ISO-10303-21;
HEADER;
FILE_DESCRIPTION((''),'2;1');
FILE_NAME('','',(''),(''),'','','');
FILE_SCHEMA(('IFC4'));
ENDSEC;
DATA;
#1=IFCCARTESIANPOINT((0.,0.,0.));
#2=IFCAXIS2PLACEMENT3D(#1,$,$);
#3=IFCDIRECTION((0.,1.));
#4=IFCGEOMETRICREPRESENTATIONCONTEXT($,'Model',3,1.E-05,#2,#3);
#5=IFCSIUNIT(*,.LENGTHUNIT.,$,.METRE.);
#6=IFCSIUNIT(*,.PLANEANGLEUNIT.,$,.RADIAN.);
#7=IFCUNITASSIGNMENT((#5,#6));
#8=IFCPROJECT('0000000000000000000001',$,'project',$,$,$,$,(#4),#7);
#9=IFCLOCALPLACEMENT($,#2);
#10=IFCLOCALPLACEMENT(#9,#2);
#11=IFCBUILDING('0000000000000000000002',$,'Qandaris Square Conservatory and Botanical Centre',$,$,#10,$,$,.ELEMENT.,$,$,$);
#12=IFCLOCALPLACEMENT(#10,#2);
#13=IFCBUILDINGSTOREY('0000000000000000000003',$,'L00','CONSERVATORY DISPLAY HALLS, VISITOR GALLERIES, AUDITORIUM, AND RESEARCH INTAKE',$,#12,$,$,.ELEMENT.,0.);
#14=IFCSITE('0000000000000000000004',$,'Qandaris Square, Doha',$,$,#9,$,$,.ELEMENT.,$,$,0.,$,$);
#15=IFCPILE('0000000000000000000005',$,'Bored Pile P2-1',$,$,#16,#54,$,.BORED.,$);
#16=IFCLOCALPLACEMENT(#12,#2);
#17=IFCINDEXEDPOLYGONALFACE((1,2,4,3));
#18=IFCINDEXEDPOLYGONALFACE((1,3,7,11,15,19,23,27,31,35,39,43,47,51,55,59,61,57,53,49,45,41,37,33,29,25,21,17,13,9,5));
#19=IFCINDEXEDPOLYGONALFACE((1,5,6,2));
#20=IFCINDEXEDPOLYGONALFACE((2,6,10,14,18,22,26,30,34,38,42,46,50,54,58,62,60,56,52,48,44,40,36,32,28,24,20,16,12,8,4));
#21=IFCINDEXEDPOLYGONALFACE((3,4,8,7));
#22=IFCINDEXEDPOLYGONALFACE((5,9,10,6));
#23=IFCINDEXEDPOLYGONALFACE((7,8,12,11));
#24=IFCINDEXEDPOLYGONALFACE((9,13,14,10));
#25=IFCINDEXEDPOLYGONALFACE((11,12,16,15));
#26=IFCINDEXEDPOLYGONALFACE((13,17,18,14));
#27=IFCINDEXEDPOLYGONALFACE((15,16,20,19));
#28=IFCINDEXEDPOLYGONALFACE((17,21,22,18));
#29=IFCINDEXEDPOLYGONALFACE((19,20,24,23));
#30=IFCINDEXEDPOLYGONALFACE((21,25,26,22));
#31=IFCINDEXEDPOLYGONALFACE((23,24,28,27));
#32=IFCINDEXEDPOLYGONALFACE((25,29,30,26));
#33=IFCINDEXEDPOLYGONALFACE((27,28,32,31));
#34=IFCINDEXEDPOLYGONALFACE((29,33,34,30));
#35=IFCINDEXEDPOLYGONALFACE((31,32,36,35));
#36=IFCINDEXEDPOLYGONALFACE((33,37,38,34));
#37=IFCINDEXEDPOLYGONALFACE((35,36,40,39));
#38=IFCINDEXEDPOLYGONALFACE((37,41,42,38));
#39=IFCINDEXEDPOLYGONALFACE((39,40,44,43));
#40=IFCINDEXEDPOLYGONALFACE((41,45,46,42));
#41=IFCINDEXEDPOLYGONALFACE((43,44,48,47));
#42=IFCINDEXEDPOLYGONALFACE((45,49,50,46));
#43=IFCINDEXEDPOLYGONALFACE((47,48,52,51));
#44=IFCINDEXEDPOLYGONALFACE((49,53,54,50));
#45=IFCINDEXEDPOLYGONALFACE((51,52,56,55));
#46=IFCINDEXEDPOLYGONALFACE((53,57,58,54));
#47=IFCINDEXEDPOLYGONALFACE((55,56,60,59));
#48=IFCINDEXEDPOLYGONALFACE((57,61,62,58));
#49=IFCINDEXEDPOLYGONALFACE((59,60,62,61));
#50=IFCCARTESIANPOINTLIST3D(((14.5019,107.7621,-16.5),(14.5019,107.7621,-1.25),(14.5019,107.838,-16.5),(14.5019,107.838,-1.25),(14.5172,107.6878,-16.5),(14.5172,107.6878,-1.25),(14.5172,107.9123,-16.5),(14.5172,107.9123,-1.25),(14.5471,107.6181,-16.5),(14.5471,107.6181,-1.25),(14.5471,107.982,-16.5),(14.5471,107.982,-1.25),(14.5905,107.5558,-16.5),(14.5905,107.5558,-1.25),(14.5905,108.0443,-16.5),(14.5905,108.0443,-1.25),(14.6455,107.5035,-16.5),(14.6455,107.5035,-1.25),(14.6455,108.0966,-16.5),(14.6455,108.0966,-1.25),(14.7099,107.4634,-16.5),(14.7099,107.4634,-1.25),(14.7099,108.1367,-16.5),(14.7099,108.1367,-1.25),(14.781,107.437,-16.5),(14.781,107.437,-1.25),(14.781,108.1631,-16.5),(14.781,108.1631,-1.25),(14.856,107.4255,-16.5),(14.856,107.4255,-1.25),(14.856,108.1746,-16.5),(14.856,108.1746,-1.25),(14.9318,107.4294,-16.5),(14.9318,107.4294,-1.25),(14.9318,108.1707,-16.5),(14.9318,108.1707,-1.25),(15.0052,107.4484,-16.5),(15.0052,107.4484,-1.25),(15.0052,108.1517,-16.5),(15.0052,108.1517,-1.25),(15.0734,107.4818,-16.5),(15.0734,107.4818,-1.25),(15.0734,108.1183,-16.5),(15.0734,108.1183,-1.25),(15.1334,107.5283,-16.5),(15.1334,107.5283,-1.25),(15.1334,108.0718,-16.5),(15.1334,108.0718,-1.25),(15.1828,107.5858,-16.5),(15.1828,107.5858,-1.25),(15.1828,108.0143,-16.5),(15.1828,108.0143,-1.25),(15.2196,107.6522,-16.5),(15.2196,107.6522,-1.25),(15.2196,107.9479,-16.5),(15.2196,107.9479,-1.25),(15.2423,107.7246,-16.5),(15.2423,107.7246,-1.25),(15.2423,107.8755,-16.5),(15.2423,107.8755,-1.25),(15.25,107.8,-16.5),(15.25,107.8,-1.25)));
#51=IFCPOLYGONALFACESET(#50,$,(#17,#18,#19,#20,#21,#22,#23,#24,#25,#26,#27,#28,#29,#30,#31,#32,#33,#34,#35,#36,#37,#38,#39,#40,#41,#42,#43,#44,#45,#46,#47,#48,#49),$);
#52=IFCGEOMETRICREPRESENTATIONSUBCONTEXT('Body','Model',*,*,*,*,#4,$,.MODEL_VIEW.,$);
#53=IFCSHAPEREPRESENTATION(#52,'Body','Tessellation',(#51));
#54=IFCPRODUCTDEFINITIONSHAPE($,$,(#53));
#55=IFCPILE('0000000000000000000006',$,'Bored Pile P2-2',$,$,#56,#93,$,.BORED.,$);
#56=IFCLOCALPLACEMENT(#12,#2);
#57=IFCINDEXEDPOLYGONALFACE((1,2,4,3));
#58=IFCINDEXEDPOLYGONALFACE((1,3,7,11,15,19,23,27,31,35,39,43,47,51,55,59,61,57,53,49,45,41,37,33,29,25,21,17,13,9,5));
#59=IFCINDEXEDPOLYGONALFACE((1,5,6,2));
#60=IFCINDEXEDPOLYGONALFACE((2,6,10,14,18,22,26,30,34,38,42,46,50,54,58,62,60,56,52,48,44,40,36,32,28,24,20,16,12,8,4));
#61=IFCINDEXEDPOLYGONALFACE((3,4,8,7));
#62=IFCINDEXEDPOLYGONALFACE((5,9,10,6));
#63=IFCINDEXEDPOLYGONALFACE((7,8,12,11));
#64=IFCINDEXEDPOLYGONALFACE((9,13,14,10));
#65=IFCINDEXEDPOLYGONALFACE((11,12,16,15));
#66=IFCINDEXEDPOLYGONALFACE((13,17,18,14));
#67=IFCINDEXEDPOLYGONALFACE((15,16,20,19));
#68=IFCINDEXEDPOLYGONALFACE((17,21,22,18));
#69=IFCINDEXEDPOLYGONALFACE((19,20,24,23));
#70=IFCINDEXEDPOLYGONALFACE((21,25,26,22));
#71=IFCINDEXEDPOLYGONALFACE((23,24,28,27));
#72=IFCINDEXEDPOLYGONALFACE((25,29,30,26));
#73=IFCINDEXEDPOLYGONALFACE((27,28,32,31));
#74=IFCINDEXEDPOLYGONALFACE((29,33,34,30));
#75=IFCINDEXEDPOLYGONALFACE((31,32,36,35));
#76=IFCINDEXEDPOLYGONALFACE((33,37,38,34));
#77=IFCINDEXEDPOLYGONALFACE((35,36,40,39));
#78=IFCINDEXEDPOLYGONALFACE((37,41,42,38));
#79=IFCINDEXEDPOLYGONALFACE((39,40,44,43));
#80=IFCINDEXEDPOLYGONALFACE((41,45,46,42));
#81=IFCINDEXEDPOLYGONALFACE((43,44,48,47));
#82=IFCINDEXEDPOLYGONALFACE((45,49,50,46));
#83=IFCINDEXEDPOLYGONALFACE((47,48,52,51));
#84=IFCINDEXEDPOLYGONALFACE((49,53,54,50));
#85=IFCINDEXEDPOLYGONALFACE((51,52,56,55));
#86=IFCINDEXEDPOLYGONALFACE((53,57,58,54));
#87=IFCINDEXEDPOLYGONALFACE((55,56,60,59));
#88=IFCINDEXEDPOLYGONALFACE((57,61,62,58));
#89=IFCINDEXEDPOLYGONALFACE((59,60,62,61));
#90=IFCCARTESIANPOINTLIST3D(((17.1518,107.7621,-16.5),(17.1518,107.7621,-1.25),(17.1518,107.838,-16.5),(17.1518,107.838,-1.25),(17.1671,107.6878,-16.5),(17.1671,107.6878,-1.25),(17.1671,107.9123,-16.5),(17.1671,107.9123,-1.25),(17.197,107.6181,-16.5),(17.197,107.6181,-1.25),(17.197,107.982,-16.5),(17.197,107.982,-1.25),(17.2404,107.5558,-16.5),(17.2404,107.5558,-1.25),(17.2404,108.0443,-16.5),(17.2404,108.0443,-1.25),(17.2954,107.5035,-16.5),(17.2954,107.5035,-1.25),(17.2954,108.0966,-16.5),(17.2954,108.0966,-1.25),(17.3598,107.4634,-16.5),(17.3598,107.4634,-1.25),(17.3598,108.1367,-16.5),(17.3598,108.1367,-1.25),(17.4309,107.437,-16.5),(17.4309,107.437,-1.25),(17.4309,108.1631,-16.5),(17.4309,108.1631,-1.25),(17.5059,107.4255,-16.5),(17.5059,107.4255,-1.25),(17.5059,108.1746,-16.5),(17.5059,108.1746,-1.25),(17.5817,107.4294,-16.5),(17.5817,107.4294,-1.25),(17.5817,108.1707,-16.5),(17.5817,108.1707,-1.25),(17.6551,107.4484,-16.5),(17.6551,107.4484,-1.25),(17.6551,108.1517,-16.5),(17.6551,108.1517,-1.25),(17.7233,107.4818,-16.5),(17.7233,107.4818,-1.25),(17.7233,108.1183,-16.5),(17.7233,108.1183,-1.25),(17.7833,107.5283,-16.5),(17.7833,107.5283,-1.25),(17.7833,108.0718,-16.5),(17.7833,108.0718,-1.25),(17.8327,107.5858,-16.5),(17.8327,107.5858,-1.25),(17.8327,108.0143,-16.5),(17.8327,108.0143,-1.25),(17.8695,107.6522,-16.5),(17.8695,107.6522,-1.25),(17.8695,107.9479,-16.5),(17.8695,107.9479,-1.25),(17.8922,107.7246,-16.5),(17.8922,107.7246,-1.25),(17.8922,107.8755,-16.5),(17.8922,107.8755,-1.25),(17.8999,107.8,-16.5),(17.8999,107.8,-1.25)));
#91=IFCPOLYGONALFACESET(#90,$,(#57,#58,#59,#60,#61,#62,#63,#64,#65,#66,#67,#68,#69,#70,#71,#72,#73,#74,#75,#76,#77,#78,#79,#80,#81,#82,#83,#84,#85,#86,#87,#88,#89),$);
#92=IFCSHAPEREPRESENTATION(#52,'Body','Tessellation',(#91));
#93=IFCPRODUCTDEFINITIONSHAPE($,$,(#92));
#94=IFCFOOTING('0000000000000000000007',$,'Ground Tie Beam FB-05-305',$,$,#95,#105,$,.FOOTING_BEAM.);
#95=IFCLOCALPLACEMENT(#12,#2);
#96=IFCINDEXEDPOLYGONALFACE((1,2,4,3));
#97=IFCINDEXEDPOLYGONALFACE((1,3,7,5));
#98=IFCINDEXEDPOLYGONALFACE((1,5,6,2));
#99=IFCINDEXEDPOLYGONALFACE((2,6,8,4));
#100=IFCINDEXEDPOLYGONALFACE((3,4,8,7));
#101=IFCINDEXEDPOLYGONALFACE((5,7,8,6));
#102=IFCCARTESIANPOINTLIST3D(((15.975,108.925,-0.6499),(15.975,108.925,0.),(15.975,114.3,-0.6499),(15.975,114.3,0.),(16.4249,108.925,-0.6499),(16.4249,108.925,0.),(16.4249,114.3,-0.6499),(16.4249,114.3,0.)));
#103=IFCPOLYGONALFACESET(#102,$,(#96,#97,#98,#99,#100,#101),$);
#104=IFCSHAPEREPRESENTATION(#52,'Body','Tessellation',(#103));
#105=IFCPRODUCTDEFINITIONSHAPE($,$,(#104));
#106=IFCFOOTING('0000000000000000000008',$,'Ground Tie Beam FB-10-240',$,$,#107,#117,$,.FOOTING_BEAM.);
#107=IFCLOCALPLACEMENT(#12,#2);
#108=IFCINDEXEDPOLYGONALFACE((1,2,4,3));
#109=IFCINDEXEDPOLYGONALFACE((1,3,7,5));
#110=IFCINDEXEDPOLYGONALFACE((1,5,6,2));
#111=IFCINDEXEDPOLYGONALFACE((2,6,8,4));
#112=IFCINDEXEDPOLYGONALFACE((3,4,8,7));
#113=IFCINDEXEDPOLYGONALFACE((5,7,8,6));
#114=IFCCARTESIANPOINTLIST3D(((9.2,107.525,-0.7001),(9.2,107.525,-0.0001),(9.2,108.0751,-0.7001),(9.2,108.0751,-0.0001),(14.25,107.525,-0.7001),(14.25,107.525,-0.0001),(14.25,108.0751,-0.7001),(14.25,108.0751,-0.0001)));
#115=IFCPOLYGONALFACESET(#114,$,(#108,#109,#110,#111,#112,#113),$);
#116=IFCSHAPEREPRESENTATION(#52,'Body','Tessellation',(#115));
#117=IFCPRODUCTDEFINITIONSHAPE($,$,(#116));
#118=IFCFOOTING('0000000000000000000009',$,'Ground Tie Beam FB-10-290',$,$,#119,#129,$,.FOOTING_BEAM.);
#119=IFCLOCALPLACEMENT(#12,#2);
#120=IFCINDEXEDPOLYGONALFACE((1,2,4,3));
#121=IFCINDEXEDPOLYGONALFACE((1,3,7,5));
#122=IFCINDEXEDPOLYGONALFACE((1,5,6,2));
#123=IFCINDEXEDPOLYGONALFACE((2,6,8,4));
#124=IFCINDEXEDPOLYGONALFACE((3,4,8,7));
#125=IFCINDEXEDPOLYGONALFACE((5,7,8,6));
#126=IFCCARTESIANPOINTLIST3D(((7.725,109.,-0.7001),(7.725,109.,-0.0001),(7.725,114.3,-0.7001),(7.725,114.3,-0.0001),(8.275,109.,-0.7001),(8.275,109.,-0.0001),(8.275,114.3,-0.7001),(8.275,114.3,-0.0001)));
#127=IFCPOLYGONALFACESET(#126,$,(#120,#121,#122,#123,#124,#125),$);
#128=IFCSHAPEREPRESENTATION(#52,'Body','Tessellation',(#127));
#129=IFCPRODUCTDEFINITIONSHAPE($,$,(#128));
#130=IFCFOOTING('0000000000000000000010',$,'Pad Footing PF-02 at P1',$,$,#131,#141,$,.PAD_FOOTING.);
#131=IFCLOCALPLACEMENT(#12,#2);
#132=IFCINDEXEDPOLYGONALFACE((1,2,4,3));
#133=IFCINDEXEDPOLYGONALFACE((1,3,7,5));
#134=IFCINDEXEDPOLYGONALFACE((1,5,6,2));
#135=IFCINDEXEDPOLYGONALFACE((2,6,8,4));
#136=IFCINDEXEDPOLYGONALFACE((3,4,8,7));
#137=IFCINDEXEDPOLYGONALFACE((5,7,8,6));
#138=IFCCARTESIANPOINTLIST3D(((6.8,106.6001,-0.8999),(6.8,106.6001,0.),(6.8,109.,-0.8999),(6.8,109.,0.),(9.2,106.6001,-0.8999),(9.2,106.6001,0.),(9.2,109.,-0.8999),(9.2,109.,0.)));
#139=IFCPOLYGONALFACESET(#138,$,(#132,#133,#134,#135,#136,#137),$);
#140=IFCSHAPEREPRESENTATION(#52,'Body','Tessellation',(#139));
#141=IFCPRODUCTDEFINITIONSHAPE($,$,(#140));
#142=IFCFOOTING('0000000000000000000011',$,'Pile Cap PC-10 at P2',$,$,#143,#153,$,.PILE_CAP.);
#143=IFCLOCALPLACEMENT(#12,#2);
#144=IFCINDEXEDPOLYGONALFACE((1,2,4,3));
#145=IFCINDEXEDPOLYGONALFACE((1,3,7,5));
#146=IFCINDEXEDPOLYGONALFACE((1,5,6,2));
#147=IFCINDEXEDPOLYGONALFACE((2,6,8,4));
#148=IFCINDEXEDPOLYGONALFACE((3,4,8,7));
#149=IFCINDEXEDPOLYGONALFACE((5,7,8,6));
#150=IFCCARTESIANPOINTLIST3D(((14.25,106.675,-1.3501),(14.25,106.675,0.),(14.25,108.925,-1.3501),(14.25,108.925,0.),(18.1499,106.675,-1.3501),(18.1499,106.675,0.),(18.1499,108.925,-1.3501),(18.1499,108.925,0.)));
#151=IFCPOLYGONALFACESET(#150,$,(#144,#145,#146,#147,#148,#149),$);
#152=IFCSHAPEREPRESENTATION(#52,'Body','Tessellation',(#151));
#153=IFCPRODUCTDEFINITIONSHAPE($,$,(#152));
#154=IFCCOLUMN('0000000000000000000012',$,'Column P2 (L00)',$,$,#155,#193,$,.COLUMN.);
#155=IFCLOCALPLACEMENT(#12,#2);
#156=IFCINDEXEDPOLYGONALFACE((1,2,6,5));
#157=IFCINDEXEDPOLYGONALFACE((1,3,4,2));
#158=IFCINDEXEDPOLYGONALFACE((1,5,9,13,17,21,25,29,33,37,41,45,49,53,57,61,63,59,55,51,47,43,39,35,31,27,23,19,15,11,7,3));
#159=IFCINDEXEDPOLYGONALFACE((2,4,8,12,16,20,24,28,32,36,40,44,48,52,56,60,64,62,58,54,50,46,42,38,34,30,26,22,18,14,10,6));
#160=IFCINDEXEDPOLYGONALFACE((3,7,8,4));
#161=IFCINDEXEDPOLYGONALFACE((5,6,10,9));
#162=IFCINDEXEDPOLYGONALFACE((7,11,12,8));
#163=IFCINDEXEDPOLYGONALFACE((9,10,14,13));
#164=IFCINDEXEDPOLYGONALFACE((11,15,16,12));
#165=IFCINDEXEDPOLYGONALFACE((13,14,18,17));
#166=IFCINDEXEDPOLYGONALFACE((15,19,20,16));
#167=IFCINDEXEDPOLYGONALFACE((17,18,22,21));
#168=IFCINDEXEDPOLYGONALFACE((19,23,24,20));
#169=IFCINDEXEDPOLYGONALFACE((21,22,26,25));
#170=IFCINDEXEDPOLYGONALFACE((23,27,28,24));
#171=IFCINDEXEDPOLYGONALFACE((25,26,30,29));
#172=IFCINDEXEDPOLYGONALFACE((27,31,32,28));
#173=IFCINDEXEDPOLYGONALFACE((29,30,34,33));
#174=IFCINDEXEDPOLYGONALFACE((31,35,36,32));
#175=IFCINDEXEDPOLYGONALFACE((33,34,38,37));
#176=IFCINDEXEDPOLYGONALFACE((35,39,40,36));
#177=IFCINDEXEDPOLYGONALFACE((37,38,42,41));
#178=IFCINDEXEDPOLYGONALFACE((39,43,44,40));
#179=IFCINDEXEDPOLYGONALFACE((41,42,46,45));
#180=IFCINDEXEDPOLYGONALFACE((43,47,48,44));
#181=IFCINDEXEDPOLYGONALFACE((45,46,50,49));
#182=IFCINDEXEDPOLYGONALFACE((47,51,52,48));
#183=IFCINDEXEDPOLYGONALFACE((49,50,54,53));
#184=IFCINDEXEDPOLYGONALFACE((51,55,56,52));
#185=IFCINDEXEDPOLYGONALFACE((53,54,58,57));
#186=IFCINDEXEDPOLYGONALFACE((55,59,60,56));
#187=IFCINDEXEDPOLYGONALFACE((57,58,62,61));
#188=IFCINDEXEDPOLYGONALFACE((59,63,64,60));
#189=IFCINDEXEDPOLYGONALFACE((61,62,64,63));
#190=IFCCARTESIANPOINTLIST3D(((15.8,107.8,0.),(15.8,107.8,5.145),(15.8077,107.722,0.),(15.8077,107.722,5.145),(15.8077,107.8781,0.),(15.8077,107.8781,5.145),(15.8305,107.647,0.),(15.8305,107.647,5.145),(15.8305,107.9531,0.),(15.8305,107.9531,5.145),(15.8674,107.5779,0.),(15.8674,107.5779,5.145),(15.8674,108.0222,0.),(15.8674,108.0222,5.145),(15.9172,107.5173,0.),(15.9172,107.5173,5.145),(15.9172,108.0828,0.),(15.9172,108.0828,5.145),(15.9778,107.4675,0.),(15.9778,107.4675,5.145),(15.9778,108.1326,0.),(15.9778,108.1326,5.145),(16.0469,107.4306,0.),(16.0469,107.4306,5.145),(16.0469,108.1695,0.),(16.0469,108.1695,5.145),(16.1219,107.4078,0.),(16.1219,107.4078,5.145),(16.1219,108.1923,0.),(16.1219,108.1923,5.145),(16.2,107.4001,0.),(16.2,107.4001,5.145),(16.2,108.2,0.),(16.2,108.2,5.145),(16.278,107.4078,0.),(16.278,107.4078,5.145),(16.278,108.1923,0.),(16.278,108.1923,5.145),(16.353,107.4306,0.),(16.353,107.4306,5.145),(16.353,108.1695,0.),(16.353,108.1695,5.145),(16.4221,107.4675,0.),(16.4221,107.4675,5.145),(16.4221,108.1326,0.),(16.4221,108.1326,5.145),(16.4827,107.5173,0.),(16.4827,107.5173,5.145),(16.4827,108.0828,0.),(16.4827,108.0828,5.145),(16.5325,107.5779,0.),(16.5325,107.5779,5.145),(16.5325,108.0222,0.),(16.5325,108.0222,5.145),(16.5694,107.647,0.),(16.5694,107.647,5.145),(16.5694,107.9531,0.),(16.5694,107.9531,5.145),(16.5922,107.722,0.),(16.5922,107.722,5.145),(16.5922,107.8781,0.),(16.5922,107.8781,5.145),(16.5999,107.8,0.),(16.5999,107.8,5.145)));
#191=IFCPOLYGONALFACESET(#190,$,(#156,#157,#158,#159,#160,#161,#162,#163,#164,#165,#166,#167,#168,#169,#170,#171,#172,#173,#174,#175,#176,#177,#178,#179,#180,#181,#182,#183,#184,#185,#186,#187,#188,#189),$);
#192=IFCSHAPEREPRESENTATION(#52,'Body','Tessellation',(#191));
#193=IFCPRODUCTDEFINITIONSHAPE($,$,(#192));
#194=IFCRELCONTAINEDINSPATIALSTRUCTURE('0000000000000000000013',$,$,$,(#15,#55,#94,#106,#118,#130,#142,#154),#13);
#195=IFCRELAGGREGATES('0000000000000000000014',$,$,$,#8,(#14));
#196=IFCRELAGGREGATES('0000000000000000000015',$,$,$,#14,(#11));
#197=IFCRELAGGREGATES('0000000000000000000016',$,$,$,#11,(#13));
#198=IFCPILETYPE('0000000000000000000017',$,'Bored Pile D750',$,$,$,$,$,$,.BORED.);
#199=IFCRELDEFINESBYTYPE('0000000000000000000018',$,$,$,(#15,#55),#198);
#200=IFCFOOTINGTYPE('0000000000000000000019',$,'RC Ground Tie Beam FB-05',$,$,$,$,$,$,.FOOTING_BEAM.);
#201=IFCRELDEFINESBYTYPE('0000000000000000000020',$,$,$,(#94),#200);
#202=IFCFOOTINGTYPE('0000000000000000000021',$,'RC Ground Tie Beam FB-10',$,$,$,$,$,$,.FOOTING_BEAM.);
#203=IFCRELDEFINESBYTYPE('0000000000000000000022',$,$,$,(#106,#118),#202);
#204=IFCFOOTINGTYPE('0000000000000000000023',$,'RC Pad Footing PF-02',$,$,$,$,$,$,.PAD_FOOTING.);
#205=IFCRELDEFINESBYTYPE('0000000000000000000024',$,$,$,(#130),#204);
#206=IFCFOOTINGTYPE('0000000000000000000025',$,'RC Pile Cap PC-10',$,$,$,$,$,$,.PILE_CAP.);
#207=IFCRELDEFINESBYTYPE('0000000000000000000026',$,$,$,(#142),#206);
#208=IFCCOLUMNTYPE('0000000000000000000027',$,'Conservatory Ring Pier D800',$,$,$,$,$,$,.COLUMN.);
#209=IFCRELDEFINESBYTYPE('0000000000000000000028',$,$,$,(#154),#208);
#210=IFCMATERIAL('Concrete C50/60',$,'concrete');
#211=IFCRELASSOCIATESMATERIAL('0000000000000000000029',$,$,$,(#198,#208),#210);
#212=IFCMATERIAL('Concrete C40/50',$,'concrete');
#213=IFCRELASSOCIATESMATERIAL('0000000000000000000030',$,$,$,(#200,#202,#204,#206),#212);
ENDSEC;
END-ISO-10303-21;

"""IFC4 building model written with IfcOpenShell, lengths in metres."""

from ifc_helpers import new_model, si_unit, direction, frame, origin, origin_2d, place, context, subcontext, project, spatial, rectangle, circle, extrude, material, material_profile, profile_set, type_object, element, save


model = new_model("IFC4")

# Units and contexts
model_context = context("Model", 3, precision=1e-05, world=origin(), true_north=direction((0.0, 1.0)))
body_context = subcontext(model_context, "Body", "Model", "MODEL_VIEW")
ifc_project = project(units=[si_unit("LENGTHUNIT", "METRE"), si_unit("PLANEANGLEUNIT", "RADIAN")], contexts=[model_context])

# Site, building, storey
site_placement = place(None, origin())
site = spatial("IfcSite", under=ifc_project, at=site_placement, Name="Qandaris Square, Doha", CompositionType="ELEMENT", RefElevation=0.0)
building_placement = place(site_placement, origin())
building = spatial("IfcBuilding", under=site, at=building_placement, Name="Qandaris Square Conservatory and Botanical Centre", CompositionType="ELEMENT")
storey_placement = place(building_placement, origin())
storey = spatial("IfcBuildingStorey", under=building, at=storey_placement, Name="L00", Description="CONSERVATORY DISPLAY HALLS, VISITOR GALLERIES, AUDITORIUM, AND RESEARCH INTAKE", CompositionType="ELEMENT", Elevation=0.0)

# Piles
ifc_material_1 = material(Name="Concrete C50/60", Category="concrete")
ifc_material_profile_1 = material_profile(ifc_material_1, circle(Radius=0.375, at=origin_2d()), Name="PILE D750")
ifc_profile_set_1 = profile_set([ifc_material_profile_1], Name="Concrete C50/60")
pile_type = type_object("IfcPileType", Name="Bored Pile D750", PredefinedType="BORED", material=ifc_profile_set_1)
for number, where, z_axis, x_axis, name in (
    (1, (14.875, 107.8, -1.25), (0.0, 0.0, -1.0), (1.0, 0.0, 0.0), "Bored Pile P2-1"),
    (2, (17.5249, 107.8, -1.25), (0.0, 0.0, -1.0), (1.0, 0.0, 0.0), "Bored Pile P2-2"),
):
    element("IfcPile", number, at=place(storey_placement, frame(where, z_axis=z_axis, x_axis=x_axis)), inside=storey, type_object=pile_type, Name=name, PredefinedType="BORED", context=body_context, shape_type="SweptSolid", body=[
        extrude(circle(Radius=0.375, at=origin_2d()), origin(), (0.0, 0.0, 1.0), 15.25),
    ])

# Footings
ifc_material_2 = material(Name="Concrete C40/50", Category="concrete")
ifc_material_profile_2 = material_profile(ifc_material_2, rectangle(XDim=0.45, YDim=0.6499, at=origin_2d()), Name="FB 450x650")
ifc_profile_set_2 = profile_set([ifc_material_profile_2], Name="Concrete C40/50")
footing_type_1 = type_object("IfcFootingType", Name="RC Ground Tie Beam FB-05", PredefinedType="FOOTING_BEAM", material=ifc_profile_set_2)
footing_1_placement = place(storey_placement, frame((16.2, 108.925, -0.325), z_axis=(0.0, 1.0, 0.0), x_axis=(-1.0, 0.0, 0.0)))
element("IfcFooting", 3, at=footing_1_placement, inside=storey, type_object=footing_type_1, Name="Ground Tie Beam FB-05-305", PredefinedType="FOOTING_BEAM", context=body_context, shape_type="SweptSolid", body=[
    extrude(rectangle(XDim=0.45, YDim=0.6499, at=origin_2d()), origin(), (0.0, 0.0, 1.0), 5.375),
])
ifc_material_profile_3 = material_profile(ifc_material_2, rectangle(XDim=0.55, YDim=0.7, at=origin_2d()), Name="FB 550x700")
ifc_profile_set_3 = profile_set([ifc_material_profile_3], Name="Concrete C40/50")
footing_type_2 = type_object("IfcFootingType", Name="RC Ground Tie Beam FB-10", PredefinedType="FOOTING_BEAM", material=ifc_profile_set_3)
footing_2_placement = place(storey_placement, frame((9.2, 107.8, -0.3501), z_axis=(1.0, 0.0, 0.0), x_axis=(0.0, 1.0, 0.0)))
element("IfcFooting", 4, at=footing_2_placement, inside=storey, type_object=footing_type_2, Name="Ground Tie Beam FB-10-240", PredefinedType="FOOTING_BEAM", context=body_context, shape_type="SweptSolid", body=[
    extrude(rectangle(XDim=0.55, YDim=0.7, at=origin_2d()), origin(), (0.0, 0.0, 1.0), 5.05),
])
footing_3_placement = place(storey_placement, frame((8.0, 109.0, -0.3501), z_axis=(0.0, 1.0, 0.0), x_axis=(-1.0, 0.0, 0.0)))
element("IfcFooting", 5, at=footing_3_placement, inside=storey, type_object=footing_type_2, Name="Ground Tie Beam FB-10-290", PredefinedType="FOOTING_BEAM", context=body_context, shape_type="SweptSolid", body=[
    extrude(rectangle(XDim=0.55, YDim=0.7, at=origin_2d()), origin(), (0.0, 0.0, 1.0), 5.3),
])
footing_type_3 = type_object("IfcFootingType", Name="RC Pad Footing PF-02", PredefinedType="PAD_FOOTING", material=ifc_material_2)
footing_4_placement = place(storey_placement, frame((8.0, 107.8, -0.8999), z_axis=(0.0, 0.0, 1.0), x_axis=(1.0, 0.0, 0.0)))
element("IfcFooting", 6, at=footing_4_placement, inside=storey, type_object=footing_type_3, Name="Pad Footing PF-02 at P1", PredefinedType="PAD_FOOTING", context=body_context, shape_type="SweptSolid", body=[
    extrude(rectangle(XDim=2.3999, YDim=2.3999, at=origin_2d()), origin(), (0.0, 0.0, 1.0), 0.8999),
])
footing_type_4 = type_object("IfcFootingType", Name="RC Pile Cap PC-10", PredefinedType="PILE_CAP", material=ifc_material_2)
footing_5_placement = place(storey_placement, frame((16.2, 107.8, -1.3501), z_axis=(0.0, 0.0, 1.0), x_axis=(1.0, 0.0, 0.0)))
element("IfcFooting", 7, at=footing_5_placement, inside=storey, type_object=footing_type_4, Name="Pile Cap PC-10 at P2", PredefinedType="PILE_CAP", context=body_context, shape_type="SweptSolid", body=[
    extrude(rectangle(XDim=3.8999, YDim=2.25, at=origin_2d()), origin(), (0.0, 0.0, 1.0), 1.3501),
])

# Column
ifc_material_profile_4 = material_profile(ifc_material_1, circle(Radius=0.3999, at=origin_2d()), Name="RC-COL D800")
ifc_profile_set_4 = profile_set([ifc_material_profile_4], Name="Concrete C50/60")
column_type_1 = type_object("IfcColumnType", Name="Conservatory Ring Pier D800", PredefinedType="COLUMN", material=ifc_profile_set_4)
column_1_placement = place(storey_placement, frame((16.2, 107.8, 0.0), z_axis=(0.0, 0.0, 1.0), x_axis=(1.0, 0.0, 0.0)))
element("IfcColumn", 8, at=column_1_placement, inside=storey, type_object=column_type_1, Name="Column P2 (L00)", PredefinedType="COLUMN", context=body_context, shape_type="SweptSolid", body=[
    extrude(circle(Radius=0.3999, at=origin_2d()), origin(), (0.0, 0.0, 1.0), 5.145),
])

save(model, "model.ifc")
